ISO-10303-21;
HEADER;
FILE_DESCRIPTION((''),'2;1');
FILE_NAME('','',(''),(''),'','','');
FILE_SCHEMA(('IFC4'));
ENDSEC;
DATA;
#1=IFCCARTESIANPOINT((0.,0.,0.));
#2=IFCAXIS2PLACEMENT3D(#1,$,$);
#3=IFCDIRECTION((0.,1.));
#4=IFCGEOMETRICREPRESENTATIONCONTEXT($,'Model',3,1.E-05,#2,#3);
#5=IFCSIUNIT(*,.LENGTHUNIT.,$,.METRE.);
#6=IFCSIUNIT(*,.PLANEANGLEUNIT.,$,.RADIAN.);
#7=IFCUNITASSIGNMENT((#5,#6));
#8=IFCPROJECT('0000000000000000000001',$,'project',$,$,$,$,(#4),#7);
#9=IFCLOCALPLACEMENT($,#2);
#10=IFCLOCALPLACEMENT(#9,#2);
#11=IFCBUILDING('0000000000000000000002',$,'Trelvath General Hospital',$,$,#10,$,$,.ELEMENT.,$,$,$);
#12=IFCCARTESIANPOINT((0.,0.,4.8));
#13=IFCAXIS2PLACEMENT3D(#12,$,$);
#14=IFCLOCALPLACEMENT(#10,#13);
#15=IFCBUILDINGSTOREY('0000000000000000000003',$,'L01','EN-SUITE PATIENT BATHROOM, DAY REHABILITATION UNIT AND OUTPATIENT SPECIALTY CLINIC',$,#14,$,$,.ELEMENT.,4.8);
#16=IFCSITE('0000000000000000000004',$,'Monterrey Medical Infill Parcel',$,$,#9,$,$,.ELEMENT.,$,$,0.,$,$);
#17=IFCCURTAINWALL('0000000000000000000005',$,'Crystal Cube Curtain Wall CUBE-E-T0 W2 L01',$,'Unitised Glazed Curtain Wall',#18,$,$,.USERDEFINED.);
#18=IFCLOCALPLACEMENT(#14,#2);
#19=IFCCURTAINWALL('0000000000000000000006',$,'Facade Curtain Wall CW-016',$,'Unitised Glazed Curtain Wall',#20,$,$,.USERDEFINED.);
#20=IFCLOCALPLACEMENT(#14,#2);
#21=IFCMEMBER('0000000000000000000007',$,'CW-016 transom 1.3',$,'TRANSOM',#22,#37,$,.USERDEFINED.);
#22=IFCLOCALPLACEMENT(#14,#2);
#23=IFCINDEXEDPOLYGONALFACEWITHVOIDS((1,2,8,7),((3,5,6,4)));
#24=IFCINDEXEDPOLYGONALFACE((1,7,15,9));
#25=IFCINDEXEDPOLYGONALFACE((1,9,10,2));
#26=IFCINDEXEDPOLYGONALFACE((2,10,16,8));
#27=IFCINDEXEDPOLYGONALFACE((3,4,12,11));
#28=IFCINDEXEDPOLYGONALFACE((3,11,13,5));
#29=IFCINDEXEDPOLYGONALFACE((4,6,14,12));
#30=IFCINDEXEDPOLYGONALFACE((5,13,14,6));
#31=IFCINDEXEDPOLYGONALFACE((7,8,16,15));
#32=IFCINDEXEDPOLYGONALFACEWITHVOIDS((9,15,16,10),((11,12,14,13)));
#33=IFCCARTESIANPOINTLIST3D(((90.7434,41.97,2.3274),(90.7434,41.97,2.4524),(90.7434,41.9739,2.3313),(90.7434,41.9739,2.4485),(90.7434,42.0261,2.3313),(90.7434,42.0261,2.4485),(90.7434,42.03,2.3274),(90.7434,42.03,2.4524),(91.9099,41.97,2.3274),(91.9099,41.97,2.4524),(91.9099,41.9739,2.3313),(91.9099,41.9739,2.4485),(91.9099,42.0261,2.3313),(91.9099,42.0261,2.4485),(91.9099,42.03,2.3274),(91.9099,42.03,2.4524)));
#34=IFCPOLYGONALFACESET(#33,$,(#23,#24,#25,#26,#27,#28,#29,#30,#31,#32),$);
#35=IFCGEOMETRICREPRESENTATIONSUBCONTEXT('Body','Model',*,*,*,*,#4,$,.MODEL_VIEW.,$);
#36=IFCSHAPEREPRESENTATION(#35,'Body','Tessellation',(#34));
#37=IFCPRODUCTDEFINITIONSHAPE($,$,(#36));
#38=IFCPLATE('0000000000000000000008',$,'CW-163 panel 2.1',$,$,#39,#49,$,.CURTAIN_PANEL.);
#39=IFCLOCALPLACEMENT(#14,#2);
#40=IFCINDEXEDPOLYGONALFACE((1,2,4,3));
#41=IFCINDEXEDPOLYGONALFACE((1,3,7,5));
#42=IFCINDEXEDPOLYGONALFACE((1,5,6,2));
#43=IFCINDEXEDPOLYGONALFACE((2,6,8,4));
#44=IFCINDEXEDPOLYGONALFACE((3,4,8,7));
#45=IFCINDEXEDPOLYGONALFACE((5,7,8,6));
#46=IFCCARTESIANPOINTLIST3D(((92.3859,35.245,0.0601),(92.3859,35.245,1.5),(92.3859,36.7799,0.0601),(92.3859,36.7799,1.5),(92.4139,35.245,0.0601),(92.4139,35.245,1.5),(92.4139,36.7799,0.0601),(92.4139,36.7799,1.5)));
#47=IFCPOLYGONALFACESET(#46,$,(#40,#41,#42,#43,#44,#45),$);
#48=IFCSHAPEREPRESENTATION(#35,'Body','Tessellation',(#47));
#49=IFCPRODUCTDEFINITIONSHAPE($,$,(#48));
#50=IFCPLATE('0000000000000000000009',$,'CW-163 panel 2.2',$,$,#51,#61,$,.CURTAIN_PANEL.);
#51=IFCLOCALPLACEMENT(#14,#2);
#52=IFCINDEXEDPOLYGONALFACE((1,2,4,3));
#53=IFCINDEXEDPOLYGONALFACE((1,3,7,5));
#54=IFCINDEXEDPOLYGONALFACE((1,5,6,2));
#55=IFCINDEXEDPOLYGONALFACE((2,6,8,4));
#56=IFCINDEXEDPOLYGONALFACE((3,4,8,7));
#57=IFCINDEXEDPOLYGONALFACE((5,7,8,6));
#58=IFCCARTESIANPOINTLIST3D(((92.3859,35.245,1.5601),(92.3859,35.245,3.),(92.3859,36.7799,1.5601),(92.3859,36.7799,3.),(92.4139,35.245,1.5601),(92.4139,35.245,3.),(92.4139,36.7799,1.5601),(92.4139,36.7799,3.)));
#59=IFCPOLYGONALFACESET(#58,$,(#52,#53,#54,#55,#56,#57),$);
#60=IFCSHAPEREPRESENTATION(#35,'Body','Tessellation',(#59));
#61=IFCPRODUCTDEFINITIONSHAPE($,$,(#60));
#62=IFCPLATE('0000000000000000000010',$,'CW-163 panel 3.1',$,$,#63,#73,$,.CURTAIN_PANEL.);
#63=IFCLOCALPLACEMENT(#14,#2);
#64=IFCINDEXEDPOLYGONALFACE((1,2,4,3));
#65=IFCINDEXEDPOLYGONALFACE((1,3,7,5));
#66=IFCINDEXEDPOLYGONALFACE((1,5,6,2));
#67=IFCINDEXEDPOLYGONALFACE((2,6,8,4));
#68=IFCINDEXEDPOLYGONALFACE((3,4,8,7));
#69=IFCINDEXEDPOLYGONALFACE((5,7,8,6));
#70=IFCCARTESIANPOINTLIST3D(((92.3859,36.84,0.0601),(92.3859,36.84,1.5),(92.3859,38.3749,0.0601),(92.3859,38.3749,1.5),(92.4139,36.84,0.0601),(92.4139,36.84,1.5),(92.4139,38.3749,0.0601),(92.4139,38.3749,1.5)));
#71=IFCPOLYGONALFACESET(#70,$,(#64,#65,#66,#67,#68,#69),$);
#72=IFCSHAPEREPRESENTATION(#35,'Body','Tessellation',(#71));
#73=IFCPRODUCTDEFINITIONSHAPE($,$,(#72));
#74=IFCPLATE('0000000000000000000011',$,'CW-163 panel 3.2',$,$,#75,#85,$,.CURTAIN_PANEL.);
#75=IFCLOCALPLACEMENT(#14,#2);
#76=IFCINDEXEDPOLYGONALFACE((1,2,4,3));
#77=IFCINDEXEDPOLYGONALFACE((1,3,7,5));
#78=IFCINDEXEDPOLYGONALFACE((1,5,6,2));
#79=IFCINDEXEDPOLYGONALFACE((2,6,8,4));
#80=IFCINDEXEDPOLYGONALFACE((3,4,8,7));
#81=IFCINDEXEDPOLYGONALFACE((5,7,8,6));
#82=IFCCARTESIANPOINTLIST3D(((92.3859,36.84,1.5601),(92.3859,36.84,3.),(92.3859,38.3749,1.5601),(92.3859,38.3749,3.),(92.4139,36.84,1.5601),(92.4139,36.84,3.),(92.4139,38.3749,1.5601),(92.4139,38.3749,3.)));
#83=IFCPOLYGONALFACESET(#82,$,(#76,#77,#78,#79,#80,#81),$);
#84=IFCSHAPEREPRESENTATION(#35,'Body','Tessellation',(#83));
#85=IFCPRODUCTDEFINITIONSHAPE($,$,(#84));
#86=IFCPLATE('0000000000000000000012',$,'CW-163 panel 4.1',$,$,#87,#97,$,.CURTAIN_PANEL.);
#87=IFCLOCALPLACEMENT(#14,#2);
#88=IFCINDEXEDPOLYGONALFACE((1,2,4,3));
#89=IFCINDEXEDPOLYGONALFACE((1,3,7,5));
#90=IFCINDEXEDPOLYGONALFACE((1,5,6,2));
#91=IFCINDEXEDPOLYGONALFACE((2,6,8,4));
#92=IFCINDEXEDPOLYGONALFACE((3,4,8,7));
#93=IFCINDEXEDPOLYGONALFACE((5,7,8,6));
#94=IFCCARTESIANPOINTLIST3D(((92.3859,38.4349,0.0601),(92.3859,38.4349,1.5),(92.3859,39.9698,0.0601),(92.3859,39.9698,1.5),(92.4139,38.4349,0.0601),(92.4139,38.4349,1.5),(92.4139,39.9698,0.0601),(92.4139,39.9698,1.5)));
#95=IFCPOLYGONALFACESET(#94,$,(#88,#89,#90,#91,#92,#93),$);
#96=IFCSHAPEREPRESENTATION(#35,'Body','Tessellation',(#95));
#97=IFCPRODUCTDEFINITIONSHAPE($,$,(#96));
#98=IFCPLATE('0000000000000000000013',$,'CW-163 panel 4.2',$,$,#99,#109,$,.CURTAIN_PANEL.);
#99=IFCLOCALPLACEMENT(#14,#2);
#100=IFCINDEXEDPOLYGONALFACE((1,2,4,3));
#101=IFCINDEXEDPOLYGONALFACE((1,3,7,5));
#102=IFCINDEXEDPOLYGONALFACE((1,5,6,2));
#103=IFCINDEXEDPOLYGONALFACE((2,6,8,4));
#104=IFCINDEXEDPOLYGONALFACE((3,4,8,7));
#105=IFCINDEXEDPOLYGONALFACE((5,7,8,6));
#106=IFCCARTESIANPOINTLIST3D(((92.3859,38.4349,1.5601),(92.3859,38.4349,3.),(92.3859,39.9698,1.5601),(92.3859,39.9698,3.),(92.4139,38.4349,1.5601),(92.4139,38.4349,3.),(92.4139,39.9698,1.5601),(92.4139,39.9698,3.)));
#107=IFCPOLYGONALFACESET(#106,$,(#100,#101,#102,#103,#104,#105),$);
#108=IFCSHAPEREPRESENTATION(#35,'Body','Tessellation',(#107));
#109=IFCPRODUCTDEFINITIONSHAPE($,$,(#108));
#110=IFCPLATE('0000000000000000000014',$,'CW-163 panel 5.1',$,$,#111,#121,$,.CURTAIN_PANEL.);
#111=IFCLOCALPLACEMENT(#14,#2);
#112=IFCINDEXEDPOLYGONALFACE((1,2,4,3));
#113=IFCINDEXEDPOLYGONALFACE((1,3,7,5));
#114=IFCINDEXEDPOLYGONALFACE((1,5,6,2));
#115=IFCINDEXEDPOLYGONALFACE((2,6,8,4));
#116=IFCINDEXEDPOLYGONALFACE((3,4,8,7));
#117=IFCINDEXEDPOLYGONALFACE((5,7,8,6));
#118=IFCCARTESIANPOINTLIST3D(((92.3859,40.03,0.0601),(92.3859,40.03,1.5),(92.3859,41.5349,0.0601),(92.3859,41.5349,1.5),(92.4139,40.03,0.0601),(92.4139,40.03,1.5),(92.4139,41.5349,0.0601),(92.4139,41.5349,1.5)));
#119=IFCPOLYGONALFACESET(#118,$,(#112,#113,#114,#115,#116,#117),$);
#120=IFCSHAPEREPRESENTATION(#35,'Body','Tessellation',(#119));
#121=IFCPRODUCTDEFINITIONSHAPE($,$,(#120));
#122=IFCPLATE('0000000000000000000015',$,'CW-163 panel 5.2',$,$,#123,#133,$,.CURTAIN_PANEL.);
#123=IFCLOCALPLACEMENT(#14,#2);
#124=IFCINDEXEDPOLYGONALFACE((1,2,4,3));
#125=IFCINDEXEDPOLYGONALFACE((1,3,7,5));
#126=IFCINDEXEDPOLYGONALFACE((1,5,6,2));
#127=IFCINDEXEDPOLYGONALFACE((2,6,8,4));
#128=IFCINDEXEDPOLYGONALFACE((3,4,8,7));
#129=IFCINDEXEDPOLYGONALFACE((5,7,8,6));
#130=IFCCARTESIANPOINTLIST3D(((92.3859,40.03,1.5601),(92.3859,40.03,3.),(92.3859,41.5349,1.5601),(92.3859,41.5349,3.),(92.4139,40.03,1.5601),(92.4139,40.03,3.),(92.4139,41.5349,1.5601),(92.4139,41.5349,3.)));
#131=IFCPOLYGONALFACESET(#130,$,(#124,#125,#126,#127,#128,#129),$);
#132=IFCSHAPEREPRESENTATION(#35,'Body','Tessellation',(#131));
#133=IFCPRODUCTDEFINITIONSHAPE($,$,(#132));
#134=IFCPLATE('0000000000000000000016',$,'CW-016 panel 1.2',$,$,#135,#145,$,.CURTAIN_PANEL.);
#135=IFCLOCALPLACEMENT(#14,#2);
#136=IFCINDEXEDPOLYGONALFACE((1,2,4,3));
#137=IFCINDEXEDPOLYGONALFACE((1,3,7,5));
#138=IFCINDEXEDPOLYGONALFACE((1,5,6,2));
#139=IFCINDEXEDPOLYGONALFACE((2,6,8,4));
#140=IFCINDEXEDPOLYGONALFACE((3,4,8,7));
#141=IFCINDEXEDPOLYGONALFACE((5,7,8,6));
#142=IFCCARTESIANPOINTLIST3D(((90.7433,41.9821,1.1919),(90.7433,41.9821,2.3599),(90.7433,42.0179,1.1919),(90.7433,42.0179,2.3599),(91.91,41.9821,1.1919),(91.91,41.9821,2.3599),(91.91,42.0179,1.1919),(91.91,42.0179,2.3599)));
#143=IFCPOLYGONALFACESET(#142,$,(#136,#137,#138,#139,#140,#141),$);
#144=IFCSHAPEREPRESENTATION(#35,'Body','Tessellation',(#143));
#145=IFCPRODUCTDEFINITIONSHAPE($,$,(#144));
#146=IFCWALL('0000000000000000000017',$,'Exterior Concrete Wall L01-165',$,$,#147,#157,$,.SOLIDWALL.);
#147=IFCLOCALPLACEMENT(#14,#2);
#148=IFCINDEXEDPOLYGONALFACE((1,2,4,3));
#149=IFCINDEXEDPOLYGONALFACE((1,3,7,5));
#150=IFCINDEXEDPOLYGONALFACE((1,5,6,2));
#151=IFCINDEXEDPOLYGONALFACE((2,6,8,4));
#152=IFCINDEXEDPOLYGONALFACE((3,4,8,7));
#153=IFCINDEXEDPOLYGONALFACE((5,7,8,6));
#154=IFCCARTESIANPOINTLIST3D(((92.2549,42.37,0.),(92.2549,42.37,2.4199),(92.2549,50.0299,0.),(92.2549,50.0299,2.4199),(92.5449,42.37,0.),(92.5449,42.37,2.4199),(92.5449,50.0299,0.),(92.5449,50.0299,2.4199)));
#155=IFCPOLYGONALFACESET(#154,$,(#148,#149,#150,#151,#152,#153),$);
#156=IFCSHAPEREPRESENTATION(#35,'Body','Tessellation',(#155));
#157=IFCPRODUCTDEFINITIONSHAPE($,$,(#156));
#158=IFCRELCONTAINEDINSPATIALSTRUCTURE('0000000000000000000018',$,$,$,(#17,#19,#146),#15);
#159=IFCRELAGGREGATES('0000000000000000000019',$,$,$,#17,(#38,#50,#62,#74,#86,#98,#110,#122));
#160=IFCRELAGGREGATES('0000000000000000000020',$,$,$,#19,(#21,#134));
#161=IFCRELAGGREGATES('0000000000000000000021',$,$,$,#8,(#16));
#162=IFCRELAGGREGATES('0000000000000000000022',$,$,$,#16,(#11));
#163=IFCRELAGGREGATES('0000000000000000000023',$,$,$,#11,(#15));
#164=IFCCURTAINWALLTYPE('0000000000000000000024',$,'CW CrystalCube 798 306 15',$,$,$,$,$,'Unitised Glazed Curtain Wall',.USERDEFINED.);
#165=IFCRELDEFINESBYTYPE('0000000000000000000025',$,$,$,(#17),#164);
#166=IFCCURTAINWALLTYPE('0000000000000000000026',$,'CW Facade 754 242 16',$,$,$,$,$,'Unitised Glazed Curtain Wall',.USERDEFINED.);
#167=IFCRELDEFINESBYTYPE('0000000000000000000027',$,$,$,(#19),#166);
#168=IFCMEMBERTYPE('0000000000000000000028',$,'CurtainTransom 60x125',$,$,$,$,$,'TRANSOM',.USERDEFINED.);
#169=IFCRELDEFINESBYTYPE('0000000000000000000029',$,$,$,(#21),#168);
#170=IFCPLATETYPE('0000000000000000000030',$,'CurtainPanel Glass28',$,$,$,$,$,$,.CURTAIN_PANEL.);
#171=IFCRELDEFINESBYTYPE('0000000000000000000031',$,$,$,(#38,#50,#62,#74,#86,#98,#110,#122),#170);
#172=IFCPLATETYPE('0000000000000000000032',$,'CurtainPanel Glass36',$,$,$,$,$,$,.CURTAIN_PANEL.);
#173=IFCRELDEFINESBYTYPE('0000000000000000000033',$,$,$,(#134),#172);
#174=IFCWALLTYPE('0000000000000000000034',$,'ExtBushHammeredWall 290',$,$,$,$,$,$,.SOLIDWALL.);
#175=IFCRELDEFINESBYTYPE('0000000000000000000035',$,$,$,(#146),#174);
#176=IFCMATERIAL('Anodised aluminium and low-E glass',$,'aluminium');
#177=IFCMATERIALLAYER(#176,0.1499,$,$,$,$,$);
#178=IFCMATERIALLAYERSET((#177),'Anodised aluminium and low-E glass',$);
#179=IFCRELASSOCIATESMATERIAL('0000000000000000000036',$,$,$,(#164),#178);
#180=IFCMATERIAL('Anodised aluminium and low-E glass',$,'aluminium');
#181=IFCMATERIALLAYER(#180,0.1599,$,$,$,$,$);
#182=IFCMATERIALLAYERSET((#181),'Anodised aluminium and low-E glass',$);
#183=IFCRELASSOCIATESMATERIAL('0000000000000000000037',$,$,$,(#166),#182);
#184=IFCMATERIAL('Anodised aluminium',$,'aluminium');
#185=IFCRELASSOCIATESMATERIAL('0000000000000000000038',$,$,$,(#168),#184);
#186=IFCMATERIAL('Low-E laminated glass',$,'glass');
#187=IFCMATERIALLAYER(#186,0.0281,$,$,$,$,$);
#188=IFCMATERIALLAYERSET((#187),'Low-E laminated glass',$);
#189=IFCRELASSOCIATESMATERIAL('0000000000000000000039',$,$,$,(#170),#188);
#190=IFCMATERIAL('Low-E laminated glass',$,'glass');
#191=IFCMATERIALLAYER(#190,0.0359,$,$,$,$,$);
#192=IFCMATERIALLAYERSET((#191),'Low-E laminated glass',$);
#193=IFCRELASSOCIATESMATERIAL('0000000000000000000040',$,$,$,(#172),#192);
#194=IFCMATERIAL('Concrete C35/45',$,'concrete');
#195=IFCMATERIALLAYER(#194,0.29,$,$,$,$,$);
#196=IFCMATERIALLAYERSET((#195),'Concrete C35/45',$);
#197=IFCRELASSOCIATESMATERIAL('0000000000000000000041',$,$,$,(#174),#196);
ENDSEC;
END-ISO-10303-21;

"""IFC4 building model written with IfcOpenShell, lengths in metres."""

from ifc_helpers import new_model, si_unit, direction, frame, frame_2d, origin, origin_2d, place, context, subcontext, project, spatial, rectangle, hollow_rectangle, extrude, material, layer, layer_set, material_profile, profile_set, type_object, element, aggregate, save


model = new_model("IFC4")

# Units and contexts
model_context = context("Model", 3, precision=1e-05, world=origin(), true_north=direction((0.0, 1.0)))
body_context = subcontext(model_context, "Body", "Model", "MODEL_VIEW")
ifc_project = project(units=[si_unit("LENGTHUNIT", "METRE"), si_unit("PLANEANGLEUNIT", "RADIAN")], contexts=[model_context])

# Site, building, storey
site_placement = place(None, origin())
site = spatial("IfcSite", under=ifc_project, at=site_placement, Name="Monterrey Medical Infill Parcel", CompositionType="ELEMENT", RefElevation=0.0)
building_placement = place(site_placement, origin())
building = spatial("IfcBuilding", under=site, at=building_placement, Name="Trelvath General Hospital", CompositionType="ELEMENT")
storey_placement = place(building_placement, frame((0.0, 0.0, 4.8)))
storey = spatial("IfcBuildingStorey", under=building, at=storey_placement, Name="L01", Description="EN-SUITE PATIENT BATHROOM, DAY REHABILITATION UNIT AND OUTPATIENT SPECIALTY CLINIC", CompositionType="ELEMENT", Elevation=4.8)

# Curtain wall
ifc_material_1 = material(Name="Anodised aluminium and low-E glass", Category="aluminium")
ifc_layer_1 = layer(ifc_material_1, 0.1499)
ifc_layer_set_1 = layer_set([ifc_layer_1], Name="Anodised aluminium and low-E glass")
curtain_wall_type_1 = type_object("IfcCurtainWallType", Name="CW CrystalCube 798 306 15", ElementType="Unitised Glazed Curtain Wall", PredefinedType="USERDEFINED", material=ifc_layer_set_1)
curtain_wall_1_placement = place(storey_placement, origin())
curtain_wall_1 = element("IfcCurtainWall", 1, at=curtain_wall_1_placement, inside=storey, type_object=curtain_wall_type_1, Name="Crystal Cube Curtain Wall CUBE-E-T0 W2 L01", ObjectType="Unitised Glazed Curtain Wall", PredefinedType="USERDEFINED")

# Curtain wall
ifc_material_2 = material(Name="Anodised aluminium and low-E glass", Category="aluminium")
ifc_layer_2 = layer(ifc_material_2, 0.1599)
ifc_layer_set_2 = layer_set([ifc_layer_2], Name="Anodised aluminium and low-E glass")
curtain_wall_type_2 = type_object("IfcCurtainWallType", Name="CW Facade 754 242 16", ElementType="Unitised Glazed Curtain Wall", PredefinedType="USERDEFINED", material=ifc_layer_set_2)
curtain_wall_2_placement = place(storey_placement, origin())
curtain_wall_2 = element("IfcCurtainWall", 2, at=curtain_wall_2_placement, inside=storey, type_object=curtain_wall_type_2, Name="Facade Curtain Wall CW-016", ObjectType="Unitised Glazed Curtain Wall", PredefinedType="USERDEFINED")

# Member
ifc_material_3 = material(Name="Anodised aluminium", Category="aluminium")
ifc_material_profile_1 = material_profile(ifc_material_3, hollow_rectangle(XDim=0.0601, YDim=0.125, WallThickness=0.0039, at=origin_2d()), Name="RHS60x125x4")
ifc_profile_set_1 = profile_set([ifc_material_profile_1], Name="Anodised aluminium")
member_type_1 = type_object("IfcMemberType", Name="CurtainTransom 60x125", ElementType="TRANSOM", PredefinedType="USERDEFINED", material=ifc_profile_set_1)
member_1_placement = place(storey_placement, frame((91.9099, 42.0, 2.3899), z_axis=(-1.0, 0.0, 0.0), x_axis=(0.0, -1.0, 0.0)))
member_1 = element("IfcMember", 3, at=member_1_placement, type_object=member_type_1, Name="CW-016 transom 1.3", ObjectType="TRANSOM", PredefinedType="USERDEFINED", context=body_context, shape_type="SweptSolid", body=[
    extrude(hollow_rectangle(XDim=0.0601, YDim=0.125, WallThickness=0.0039, at=origin_2d()), origin(), (0.0, 0.0, 1.0), 1.1665),
])

# Plates
ifc_material_4 = material(Name="Low-E laminated glass", Category="glass")
ifc_layer_3 = layer(ifc_material_4, 0.0281)
ifc_layer_set_3 = layer_set([ifc_layer_3], Name="Low-E laminated glass")
plate_type_1 = type_object("IfcPlateType", Name="CurtainPanel Glass28", PredefinedType="CURTAIN_PANEL", material=ifc_layer_set_3)
plate_1_placement = place(storey_placement, frame((92.3999, 36.0125, 0.0601), z_axis=(0.0, 0.0, 1.0), x_axis=(0.0, 1.0, 0.0)))
plate_1 = element("IfcPlate", 4, at=plate_1_placement, type_object=plate_type_1, Name="CW-163 panel 2.1", PredefinedType="CURTAIN_PANEL", context=body_context, shape_type="SweptSolid", body=[
    extrude(rectangle(XDim=1.5349, YDim=0.0281, at=origin_2d()), origin(), (0.0, 0.0, 1.0), 1.4399),
])
plate_2_placement = place(storey_placement, frame((92.3999, 36.0125, 1.5601), z_axis=(0.0, 0.0, 1.0), x_axis=(0.0, 1.0, 0.0)))
plate_2 = element("IfcPlate", 5, at=plate_2_placement, type_object=plate_type_1, Name="CW-163 panel 2.2", PredefinedType="CURTAIN_PANEL", context=body_context, shape_type="SweptSolid", body=[
    extrude(rectangle(XDim=1.5349, YDim=0.0281, at=origin_2d()), origin(), (0.0, 0.0, 1.0), 1.4399),
])
plate_3_placement = place(storey_placement, frame((92.3999, 37.6074, 0.0601), z_axis=(0.0, 0.0, 1.0), x_axis=(0.0, 1.0, 0.0)))
plate_3 = element("IfcPlate", 6, at=plate_3_placement, type_object=plate_type_1, Name="CW-163 panel 3.1", PredefinedType="CURTAIN_PANEL", context=body_context, shape_type="SweptSolid", body=[
    extrude(rectangle(XDim=1.5349, YDim=0.0281, at=origin_2d()), origin(), (0.0, 0.0, 1.0), 1.4399),
])
plate_4_placement = place(storey_placement, frame((92.3999, 37.6074, 1.5601), z_axis=(0.0, 0.0, 1.0), x_axis=(0.0, 1.0, 0.0)))
plate_4 = element("IfcPlate", 7, at=plate_4_placement, type_object=plate_type_1, Name="CW-163 panel 3.2", PredefinedType="CURTAIN_PANEL", context=body_context, shape_type="SweptSolid", body=[
    extrude(rectangle(XDim=1.5349, YDim=0.0281, at=origin_2d()), origin(), (0.0, 0.0, 1.0), 1.4399),
])
plate_5_placement = place(storey_placement, frame((92.3999, 39.2024, 0.0601), z_axis=(0.0, 0.0, 1.0), x_axis=(0.0, 1.0, 0.0)))
plate_5 = element("IfcPlate", 8, at=plate_5_placement, type_object=plate_type_1, Name="CW-163 panel 4.1", PredefinedType="CURTAIN_PANEL", context=body_context, shape_type="SweptSolid", body=[
    extrude(rectangle(XDim=1.5349, YDim=0.0281, at=origin_2d()), origin(), (0.0, 0.0, 1.0), 1.4399),
])
plate_6_placement = place(storey_placement, frame((92.3999, 39.2024, 1.5601), z_axis=(0.0, 0.0, 1.0), x_axis=(0.0, 1.0, 0.0)))
plate_6 = element("IfcPlate", 9, at=plate_6_placement, type_object=plate_type_1, Name="CW-163 panel 4.2", PredefinedType="CURTAIN_PANEL", context=body_context, shape_type="SweptSolid", body=[
    extrude(rectangle(XDim=1.5349, YDim=0.0281, at=origin_2d()), origin(), (0.0, 0.0, 1.0), 1.4399),
])
plate_7_placement = place(storey_placement, frame((92.3999, 40.7825, 0.0601), z_axis=(0.0, 0.0, 1.0), x_axis=(0.0, 1.0, 0.0)))
plate_7 = element("IfcPlate", 10, at=plate_7_placement, type_object=plate_type_1, Name="CW-163 panel 5.1", PredefinedType="CURTAIN_PANEL", context=body_context, shape_type="SweptSolid", body=[
    extrude(rectangle(XDim=1.5049, YDim=0.0281, at=origin_2d()), origin(), (0.0, 0.0, 1.0), 1.4399),
])
plate_8_placement = place(storey_placement, frame((92.3999, 40.7825, 1.5601), z_axis=(0.0, 0.0, 1.0), x_axis=(0.0, 1.0, 0.0)))
plate_8 = element("IfcPlate", 11, at=plate_8_placement, type_object=plate_type_1, Name="CW-163 panel 5.2", PredefinedType="CURTAIN_PANEL", context=body_context, shape_type="SweptSolid", body=[
    extrude(rectangle(XDim=1.5049, YDim=0.0281, at=origin_2d()), origin(), (0.0, 0.0, 1.0), 1.4399),
])
aggregate(curtain_wall_1, [plate_1, plate_2, plate_3, plate_4, plate_5, plate_6, plate_7, plate_8])
ifc_material_5 = material(Name="Low-E laminated glass", Category="glass")
ifc_layer_4 = layer(ifc_material_5, 0.0359)
ifc_layer_set_4 = layer_set([ifc_layer_4], Name="Low-E laminated glass")
plate_type_2 = type_object("IfcPlateType", Name="CurtainPanel Glass36", PredefinedType="CURTAIN_PANEL", material=ifc_layer_set_4)
plate_9_placement = place(storey_placement, frame((91.3267, 42.0, 1.1919), z_axis=(0.0, 0.0, 1.0), x_axis=(-1.0, 0.0, 0.0)))
plate_9 = element("IfcPlate", 12, at=plate_9_placement, type_object=plate_type_2, Name="CW-016 panel 1.2", PredefinedType="CURTAIN_PANEL", context=body_context, shape_type="SweptSolid", body=[
    extrude(rectangle(XDim=1.1667, YDim=0.0359, at=origin_2d()), origin(), (0.0, 0.0, 1.0), 1.168),
])
aggregate(curtain_wall_2, [member_1, plate_9])

# Wall
ifc_material_6 = material(Name="Concrete C35/45", Category="concrete")
ifc_layer_5 = layer(ifc_material_6, 0.29)
ifc_layer_set_5 = layer_set([ifc_layer_5], Name="Concrete C35/45")
wall_type = type_object("IfcWallType", Name="ExtBushHammeredWall 290", PredefinedType="SOLIDWALL", material=ifc_layer_set_5)
wall_placement = place(storey_placement, frame((92.3999, 50.03, 0.0), z_axis=(0.0, 0.0, 1.0), x_axis=(0.0, -1.0, 0.0)))
element("IfcWall", 13, at=wall_placement, inside=storey, type_object=wall_type, Name="Exterior Concrete Wall L01-165", PredefinedType="SOLIDWALL", context=body_context, shape_type="SweptSolid", body=[
    extrude(rectangle(XDim=7.6599, YDim=0.29, at=frame_2d((3.8301, 0.0))), origin(), (0.0, 0.0, 1.0), 2.4199),
])

save(model, "model.ifc")
